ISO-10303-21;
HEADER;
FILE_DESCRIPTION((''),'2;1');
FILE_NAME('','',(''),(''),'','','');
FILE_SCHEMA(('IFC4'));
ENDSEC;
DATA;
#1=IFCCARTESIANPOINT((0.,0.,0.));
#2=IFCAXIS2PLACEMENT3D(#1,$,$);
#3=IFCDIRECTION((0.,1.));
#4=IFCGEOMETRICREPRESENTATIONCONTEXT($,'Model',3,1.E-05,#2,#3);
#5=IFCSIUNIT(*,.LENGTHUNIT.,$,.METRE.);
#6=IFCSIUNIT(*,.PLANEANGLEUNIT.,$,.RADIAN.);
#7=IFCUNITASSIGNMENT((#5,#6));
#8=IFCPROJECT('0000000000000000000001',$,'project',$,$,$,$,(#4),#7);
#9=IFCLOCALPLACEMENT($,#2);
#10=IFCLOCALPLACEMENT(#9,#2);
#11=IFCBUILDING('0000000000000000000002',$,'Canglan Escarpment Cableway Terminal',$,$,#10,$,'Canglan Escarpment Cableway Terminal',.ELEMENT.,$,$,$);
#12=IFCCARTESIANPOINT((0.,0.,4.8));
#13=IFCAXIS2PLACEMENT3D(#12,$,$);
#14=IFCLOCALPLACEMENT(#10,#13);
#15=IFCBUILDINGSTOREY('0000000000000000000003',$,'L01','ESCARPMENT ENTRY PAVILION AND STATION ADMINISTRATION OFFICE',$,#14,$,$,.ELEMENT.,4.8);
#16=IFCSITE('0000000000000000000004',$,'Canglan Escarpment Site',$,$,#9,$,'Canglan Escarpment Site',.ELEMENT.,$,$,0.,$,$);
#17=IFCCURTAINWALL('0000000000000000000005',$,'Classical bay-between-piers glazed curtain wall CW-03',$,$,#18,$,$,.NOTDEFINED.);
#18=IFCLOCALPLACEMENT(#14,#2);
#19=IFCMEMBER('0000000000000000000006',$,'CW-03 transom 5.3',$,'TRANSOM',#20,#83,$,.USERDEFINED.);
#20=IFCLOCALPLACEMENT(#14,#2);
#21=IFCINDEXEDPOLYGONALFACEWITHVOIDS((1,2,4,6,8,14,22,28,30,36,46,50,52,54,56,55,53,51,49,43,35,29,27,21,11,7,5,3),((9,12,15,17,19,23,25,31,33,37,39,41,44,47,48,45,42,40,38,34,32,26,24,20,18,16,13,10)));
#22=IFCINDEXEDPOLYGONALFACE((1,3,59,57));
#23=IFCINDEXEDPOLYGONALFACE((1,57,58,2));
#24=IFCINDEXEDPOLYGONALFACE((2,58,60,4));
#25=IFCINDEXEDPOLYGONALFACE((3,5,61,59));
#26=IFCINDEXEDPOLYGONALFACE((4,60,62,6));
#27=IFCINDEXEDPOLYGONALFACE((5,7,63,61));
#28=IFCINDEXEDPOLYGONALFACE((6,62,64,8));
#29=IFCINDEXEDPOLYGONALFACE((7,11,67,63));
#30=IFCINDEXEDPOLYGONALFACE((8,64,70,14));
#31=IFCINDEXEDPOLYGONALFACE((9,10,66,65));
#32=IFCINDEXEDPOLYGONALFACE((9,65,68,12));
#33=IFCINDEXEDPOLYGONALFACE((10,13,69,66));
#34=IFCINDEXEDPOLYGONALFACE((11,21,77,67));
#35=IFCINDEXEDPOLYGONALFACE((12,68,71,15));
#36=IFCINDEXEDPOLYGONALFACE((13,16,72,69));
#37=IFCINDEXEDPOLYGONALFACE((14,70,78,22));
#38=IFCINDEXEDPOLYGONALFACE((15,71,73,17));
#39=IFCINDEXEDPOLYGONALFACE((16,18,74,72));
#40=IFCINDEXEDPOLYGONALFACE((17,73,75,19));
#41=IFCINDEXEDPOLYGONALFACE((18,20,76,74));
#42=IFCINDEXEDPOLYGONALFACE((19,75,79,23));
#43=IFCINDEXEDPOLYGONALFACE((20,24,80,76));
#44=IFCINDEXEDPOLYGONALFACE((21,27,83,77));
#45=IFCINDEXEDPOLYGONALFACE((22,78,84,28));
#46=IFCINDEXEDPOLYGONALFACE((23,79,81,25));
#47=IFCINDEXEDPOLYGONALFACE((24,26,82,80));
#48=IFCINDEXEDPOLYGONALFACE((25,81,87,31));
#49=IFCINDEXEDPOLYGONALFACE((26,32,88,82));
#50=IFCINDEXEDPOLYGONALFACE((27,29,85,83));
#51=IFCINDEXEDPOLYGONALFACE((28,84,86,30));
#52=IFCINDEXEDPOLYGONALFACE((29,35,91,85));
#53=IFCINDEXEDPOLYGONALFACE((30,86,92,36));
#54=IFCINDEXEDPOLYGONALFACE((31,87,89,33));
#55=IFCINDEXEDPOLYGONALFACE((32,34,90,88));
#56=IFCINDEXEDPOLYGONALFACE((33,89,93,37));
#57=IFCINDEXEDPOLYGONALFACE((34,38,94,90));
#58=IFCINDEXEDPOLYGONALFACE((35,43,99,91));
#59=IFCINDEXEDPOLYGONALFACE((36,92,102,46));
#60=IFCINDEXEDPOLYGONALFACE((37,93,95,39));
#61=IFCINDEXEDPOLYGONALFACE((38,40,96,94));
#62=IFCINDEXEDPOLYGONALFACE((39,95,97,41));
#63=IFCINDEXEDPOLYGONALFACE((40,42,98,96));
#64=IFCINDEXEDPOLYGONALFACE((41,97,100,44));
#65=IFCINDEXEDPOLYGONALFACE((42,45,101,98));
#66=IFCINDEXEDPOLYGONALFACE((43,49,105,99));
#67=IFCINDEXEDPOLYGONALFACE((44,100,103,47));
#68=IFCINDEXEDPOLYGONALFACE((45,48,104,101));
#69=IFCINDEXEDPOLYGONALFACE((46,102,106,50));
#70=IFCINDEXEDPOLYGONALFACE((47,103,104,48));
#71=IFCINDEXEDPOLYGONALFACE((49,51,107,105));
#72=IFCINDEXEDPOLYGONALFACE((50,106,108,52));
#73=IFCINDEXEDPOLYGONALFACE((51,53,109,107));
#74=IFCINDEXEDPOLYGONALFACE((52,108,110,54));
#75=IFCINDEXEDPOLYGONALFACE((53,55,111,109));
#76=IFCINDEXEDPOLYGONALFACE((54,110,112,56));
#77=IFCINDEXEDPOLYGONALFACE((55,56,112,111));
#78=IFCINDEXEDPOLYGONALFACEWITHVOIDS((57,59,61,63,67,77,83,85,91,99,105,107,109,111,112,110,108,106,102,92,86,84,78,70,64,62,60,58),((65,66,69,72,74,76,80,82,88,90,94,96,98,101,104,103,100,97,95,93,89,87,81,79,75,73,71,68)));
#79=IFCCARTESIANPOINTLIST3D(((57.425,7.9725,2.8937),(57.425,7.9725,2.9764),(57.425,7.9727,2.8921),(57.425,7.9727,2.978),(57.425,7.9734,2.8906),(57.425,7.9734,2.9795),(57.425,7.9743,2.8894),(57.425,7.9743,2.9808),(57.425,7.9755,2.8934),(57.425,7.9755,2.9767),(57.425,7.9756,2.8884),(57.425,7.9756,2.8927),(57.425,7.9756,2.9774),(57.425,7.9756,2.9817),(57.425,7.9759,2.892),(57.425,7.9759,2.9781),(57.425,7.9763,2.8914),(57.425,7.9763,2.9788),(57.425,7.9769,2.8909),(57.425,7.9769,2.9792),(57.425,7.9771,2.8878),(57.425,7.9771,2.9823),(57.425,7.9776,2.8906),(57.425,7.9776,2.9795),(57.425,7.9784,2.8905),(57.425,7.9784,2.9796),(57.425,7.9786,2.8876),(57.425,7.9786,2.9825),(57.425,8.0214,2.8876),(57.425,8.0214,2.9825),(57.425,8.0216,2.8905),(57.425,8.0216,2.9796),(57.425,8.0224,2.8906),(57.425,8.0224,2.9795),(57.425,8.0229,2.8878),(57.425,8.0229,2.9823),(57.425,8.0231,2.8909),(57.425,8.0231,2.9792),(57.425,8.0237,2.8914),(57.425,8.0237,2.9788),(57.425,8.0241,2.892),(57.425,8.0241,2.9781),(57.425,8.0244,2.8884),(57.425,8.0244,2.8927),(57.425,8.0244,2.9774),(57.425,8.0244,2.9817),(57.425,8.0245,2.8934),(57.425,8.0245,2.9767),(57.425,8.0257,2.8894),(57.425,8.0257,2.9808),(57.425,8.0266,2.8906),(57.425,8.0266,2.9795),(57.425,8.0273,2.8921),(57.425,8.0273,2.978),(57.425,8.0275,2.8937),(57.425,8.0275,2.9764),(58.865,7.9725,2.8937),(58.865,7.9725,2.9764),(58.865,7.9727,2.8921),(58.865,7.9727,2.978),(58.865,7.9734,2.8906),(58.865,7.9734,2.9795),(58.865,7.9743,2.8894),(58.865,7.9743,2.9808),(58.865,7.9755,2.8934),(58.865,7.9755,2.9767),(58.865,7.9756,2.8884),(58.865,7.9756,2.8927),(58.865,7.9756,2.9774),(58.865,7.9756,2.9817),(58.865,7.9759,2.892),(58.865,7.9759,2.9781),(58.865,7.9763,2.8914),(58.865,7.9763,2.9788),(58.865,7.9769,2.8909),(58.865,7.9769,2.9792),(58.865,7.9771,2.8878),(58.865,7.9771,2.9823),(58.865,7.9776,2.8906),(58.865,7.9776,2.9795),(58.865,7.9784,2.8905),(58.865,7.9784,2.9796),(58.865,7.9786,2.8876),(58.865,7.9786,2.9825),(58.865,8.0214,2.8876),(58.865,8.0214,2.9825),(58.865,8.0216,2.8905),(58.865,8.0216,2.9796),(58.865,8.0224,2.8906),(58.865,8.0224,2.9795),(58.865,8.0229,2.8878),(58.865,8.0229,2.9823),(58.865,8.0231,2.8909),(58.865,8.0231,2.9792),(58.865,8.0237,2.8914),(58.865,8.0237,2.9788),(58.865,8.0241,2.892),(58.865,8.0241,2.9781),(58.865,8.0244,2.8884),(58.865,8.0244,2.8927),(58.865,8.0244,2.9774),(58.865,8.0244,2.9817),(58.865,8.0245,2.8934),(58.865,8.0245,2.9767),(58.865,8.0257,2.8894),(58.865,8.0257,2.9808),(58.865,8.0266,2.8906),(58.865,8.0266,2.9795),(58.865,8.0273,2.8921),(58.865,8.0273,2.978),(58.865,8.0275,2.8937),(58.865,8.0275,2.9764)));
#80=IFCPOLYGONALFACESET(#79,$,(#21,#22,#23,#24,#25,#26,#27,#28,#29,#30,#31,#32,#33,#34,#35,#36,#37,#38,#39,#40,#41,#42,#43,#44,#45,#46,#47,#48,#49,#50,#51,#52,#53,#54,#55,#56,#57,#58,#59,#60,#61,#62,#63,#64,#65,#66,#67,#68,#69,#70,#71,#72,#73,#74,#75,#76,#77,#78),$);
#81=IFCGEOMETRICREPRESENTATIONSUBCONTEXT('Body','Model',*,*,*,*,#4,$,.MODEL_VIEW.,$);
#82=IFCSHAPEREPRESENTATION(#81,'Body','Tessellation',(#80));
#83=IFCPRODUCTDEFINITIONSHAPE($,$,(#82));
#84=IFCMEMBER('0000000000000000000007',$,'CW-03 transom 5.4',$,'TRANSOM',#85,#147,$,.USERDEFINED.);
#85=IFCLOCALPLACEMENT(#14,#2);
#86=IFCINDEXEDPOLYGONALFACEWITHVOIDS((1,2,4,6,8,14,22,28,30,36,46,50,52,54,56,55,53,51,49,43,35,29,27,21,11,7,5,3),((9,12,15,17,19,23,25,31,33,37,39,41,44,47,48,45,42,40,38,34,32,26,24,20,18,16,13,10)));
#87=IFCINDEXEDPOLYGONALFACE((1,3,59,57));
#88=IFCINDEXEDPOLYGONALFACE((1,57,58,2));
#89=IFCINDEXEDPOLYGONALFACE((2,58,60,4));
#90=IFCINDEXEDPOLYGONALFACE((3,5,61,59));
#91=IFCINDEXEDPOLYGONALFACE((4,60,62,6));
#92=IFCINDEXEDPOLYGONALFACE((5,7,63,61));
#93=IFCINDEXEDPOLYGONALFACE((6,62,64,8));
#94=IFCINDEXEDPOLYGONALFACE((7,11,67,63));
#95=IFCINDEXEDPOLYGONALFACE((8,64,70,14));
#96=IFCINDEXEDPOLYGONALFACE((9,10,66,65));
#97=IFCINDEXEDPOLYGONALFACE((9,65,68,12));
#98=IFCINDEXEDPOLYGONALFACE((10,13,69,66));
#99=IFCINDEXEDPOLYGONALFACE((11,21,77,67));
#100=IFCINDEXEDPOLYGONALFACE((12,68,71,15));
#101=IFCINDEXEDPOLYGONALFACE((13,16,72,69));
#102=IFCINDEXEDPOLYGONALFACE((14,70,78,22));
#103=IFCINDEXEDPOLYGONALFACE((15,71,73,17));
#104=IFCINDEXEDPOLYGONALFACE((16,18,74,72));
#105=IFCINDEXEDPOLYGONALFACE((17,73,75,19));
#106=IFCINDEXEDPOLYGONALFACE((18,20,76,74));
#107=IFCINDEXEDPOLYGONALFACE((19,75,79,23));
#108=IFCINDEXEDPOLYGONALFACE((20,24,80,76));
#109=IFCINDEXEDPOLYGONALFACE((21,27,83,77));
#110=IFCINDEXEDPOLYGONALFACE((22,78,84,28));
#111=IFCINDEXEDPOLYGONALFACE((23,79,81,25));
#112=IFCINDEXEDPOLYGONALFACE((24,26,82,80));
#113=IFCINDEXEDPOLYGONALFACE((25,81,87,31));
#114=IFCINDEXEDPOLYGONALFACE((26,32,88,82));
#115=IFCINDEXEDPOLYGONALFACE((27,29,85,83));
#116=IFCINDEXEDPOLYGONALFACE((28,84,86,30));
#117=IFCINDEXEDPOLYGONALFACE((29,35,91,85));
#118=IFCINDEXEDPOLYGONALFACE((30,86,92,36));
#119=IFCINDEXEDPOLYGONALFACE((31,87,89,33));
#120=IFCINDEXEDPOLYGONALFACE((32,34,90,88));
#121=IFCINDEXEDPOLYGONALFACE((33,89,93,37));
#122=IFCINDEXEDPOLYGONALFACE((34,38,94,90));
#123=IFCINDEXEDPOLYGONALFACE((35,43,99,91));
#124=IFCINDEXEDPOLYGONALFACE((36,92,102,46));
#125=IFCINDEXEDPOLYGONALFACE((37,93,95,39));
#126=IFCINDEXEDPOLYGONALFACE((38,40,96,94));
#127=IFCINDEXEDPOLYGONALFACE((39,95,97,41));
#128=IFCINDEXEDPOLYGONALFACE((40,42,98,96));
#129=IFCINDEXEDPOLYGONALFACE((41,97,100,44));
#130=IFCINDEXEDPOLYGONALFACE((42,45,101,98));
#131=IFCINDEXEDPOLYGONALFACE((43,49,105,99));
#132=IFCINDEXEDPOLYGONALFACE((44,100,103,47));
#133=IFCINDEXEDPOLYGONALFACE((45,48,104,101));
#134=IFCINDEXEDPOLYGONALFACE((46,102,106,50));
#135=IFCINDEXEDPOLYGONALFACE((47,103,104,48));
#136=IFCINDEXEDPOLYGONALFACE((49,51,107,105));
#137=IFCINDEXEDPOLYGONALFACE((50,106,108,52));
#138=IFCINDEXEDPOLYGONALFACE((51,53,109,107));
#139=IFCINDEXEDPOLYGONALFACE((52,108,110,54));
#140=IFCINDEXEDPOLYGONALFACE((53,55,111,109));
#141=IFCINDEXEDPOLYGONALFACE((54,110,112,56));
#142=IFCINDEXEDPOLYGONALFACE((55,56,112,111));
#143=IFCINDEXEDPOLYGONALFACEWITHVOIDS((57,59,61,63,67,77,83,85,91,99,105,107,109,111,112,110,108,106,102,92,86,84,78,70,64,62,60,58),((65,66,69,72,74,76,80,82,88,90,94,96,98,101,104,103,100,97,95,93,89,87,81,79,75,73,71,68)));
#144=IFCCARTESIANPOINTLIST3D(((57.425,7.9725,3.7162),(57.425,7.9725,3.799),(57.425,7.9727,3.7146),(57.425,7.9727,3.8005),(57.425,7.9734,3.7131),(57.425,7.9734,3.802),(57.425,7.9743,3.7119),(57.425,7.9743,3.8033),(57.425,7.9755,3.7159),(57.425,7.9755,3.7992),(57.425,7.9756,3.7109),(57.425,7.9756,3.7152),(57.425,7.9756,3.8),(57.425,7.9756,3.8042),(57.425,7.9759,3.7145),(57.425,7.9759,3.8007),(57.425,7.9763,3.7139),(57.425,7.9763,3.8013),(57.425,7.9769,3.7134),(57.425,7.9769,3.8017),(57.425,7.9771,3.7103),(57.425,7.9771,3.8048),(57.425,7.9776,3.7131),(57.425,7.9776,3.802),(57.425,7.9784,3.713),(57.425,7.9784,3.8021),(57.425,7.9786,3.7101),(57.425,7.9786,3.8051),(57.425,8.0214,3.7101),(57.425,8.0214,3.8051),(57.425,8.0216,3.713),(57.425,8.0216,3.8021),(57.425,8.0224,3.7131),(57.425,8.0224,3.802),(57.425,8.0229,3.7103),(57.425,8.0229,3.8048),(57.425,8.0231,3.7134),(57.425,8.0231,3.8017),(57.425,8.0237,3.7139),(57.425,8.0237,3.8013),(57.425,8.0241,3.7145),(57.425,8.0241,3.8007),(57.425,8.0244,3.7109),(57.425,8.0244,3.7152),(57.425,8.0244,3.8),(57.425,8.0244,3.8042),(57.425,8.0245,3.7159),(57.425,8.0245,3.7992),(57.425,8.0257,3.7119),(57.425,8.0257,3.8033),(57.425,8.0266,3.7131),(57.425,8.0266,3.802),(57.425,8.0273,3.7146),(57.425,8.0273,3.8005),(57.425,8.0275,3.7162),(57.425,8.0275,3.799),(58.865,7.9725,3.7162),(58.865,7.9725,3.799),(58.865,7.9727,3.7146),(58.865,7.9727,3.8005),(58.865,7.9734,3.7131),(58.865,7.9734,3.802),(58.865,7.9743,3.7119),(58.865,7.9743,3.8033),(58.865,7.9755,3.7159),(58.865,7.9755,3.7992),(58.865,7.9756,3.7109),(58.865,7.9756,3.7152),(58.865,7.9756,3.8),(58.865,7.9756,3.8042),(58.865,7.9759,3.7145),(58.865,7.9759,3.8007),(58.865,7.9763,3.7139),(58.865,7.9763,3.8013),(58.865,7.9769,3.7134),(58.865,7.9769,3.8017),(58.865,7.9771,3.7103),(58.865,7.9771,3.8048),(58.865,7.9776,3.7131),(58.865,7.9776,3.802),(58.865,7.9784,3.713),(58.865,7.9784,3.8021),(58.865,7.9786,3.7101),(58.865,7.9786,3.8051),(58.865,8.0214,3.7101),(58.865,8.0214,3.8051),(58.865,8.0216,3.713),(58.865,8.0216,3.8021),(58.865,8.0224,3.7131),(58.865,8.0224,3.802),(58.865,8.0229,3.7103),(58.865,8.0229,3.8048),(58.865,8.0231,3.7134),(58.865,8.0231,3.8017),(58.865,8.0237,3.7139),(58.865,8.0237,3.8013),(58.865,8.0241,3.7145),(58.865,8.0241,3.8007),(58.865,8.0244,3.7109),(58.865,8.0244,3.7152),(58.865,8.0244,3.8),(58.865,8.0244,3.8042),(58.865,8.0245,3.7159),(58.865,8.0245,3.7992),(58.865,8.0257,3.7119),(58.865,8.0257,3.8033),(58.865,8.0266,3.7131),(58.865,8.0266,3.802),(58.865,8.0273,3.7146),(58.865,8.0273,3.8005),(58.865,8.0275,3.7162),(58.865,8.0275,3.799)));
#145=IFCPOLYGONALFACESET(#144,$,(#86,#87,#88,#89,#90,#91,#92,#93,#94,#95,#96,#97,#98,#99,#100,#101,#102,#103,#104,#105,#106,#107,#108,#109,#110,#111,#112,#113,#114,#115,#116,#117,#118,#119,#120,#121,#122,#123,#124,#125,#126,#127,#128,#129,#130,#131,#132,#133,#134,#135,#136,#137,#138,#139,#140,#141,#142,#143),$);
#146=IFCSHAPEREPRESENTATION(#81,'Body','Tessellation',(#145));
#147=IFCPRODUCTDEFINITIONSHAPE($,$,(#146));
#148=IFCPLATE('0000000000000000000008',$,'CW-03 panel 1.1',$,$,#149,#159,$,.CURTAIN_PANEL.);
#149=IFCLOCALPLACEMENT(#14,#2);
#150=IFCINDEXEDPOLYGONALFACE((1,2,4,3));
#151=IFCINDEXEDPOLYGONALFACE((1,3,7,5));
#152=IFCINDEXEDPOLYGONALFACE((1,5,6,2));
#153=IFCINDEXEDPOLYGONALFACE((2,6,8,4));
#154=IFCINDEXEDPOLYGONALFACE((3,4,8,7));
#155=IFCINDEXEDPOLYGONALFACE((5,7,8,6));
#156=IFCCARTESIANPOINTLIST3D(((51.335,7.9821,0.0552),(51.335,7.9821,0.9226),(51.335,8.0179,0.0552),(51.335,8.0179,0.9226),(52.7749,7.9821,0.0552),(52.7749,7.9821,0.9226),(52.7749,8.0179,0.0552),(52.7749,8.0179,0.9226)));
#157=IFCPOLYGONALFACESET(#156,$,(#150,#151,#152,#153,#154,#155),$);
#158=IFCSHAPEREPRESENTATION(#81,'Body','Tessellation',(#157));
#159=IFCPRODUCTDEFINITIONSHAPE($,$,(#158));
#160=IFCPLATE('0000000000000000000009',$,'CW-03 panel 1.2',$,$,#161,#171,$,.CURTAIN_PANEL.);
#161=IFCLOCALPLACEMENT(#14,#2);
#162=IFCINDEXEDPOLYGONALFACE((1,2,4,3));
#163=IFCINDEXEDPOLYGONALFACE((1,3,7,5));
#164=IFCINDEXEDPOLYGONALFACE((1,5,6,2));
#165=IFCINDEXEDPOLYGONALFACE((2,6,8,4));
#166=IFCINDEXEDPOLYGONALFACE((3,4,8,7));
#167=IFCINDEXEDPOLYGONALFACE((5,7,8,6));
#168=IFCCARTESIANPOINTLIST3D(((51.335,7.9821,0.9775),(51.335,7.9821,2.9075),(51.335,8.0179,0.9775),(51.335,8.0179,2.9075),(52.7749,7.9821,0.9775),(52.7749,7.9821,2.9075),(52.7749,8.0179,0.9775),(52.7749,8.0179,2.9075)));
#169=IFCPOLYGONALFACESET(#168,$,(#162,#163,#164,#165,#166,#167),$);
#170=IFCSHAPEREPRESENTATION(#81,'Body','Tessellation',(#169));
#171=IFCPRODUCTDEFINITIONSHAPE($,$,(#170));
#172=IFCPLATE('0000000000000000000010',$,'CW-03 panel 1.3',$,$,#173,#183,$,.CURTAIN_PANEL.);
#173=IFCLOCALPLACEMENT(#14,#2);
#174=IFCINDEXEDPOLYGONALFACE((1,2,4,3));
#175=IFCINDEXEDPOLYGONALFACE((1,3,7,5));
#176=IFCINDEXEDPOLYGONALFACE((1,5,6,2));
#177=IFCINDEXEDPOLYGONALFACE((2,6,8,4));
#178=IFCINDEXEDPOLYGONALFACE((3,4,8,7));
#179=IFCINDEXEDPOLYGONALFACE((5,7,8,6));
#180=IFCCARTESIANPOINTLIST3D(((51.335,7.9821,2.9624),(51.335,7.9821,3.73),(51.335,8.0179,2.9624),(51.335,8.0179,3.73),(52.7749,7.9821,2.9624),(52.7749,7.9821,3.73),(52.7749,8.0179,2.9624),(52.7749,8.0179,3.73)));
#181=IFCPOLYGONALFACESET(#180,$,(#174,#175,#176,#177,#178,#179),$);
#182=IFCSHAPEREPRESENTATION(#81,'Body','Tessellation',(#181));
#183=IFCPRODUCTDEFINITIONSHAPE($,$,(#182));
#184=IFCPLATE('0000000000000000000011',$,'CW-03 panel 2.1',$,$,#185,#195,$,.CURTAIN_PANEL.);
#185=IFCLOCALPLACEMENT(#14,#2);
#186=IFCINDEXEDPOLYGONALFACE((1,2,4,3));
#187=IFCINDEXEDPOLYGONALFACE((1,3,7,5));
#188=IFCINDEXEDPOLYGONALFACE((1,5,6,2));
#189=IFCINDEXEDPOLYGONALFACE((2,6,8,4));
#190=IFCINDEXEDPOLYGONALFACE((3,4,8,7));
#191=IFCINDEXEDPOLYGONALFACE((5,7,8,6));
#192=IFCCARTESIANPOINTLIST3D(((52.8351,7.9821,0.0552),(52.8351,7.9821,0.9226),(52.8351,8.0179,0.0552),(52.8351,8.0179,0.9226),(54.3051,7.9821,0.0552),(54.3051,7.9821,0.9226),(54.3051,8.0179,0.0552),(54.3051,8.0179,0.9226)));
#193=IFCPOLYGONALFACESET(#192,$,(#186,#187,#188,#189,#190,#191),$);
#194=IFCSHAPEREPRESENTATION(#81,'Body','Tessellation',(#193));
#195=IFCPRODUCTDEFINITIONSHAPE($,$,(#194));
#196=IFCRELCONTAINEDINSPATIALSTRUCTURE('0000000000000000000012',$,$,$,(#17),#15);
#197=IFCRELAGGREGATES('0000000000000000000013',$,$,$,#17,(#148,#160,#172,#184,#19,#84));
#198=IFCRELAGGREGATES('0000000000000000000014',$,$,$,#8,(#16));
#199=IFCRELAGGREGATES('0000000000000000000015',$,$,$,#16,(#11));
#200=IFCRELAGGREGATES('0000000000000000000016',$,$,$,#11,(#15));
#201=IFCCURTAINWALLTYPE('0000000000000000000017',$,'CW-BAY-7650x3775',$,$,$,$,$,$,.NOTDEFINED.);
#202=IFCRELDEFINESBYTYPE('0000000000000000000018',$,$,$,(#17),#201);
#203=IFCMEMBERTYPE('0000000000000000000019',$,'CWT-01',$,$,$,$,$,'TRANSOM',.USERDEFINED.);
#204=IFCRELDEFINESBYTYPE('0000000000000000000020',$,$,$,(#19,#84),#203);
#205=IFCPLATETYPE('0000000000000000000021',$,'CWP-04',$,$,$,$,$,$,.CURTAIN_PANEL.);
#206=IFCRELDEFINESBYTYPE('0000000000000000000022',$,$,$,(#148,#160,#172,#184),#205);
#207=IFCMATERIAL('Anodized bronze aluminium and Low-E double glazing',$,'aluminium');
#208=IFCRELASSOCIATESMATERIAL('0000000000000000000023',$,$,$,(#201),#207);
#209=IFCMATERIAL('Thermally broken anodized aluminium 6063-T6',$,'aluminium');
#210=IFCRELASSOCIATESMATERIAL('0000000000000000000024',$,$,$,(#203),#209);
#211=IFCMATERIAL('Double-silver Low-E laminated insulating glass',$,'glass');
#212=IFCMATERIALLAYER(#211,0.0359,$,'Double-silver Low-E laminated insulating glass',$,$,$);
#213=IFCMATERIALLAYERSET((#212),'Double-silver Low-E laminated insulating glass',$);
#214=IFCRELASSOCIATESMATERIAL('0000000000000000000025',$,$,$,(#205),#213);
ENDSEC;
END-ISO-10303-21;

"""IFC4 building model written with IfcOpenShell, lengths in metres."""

from ifc_helpers import new_model, si_unit, direction, frame, origin, origin_2d, place, context, subcontext, project, spatial, rectangle, hollow_rectangle, extrude, material, layer, layer_set, material_profile, profile_set, type_object, element, aggregate, save


model = new_model("IFC4")

# Units and contexts
model_context = context("Model", 3, precision=1e-05, world=origin(), true_north=direction((0.0, 1.0)))
body_context = subcontext(model_context, "Body", "Model", "MODEL_VIEW")
ifc_project = project(units=[si_unit("LENGTHUNIT", "METRE"), si_unit("PLANEANGLEUNIT", "RADIAN")], contexts=[model_context])

# Site, building, storey
site_placement = place(None, origin())
site = spatial("IfcSite", under=ifc_project, at=site_placement, Name="Canglan Escarpment Site", LongName="Canglan Escarpment Site", CompositionType="ELEMENT", RefElevation=0.0)
building_placement = place(site_placement, origin())
building = spatial("IfcBuilding", under=site, at=building_placement, Name="Canglan Escarpment Cableway Terminal", LongName="Canglan Escarpment Cableway Terminal", CompositionType="ELEMENT")
storey_placement = place(building_placement, frame((0.0, 0.0, 4.8)))
storey = spatial("IfcBuildingStorey", under=building, at=storey_placement, Name="L01", Description="ESCARPMENT ENTRY PAVILION AND STATION ADMINISTRATION OFFICE", CompositionType="ELEMENT", Elevation=4.8)

# Curtain wall, members, plates
ifc_material_1 = material(Name="Anodized bronze aluminium and Low-E double glazing", Category="aluminium")
curtain_wall_type = type_object("IfcCurtainWallType", Name="CW-BAY-7650x3775", PredefinedType="NOTDEFINED", material=ifc_material_1)
curtain_wall_placement = place(storey_placement, origin())
curtain_wall = element("IfcCurtainWall", 1, at=curtain_wall_placement, inside=storey, type_object=curtain_wall_type, Name="Classical bay-between-piers glazed curtain wall CW-03", PredefinedType="NOTDEFINED")
ifc_material_2 = material(Name="Thermally broken anodized aluminium 6063-T6", Category="aluminium")
ifc_material_profile_1 = material_profile(ifc_material_2, hollow_rectangle(XDim=0.0549, YDim=0.095, WallThickness=0.0029, InnerFilletRadius=0.0029, OuterFilletRadius=0.0061, at=origin_2d()), Name="ALU-TRAN 55x95x3")
ifc_profile_set_1 = profile_set([ifc_material_profile_1], Name="Thermally broken anodized aluminium 6063-T6")
member_type_1 = type_object("IfcMemberType", Name="CWT-01", ElementType="TRANSOM", PredefinedType="USERDEFINED", material=ifc_profile_set_1)
member_1_placement = place(storey_placement, frame((57.425, 8.0, 2.9351), z_axis=(1.0, 0.0, 0.0), x_axis=(0.0, 1.0, 0.0)))
member_1 = element("IfcMember", 2, at=member_1_placement, type_object=member_type_1, Name="CW-03 transom 5.3", ObjectType="TRANSOM", PredefinedType="USERDEFINED", context=body_context, shape_type="SweptSolid", body=[
    extrude(hollow_rectangle(XDim=0.0549, YDim=0.095, WallThickness=0.0029, InnerFilletRadius=0.0029, OuterFilletRadius=0.0061, at=origin_2d()), origin(), (0.0, 0.0, 1.0), 1.4399),
])
member_2_placement = place(storey_placement, frame((57.425, 8.0, 3.7576), z_axis=(1.0, 0.0, 0.0), x_axis=(0.0, 1.0, 0.0)))
member_2 = element("IfcMember", 3, at=member_2_placement, type_object=member_type_1, Name="CW-03 transom 5.4", ObjectType="TRANSOM", PredefinedType="USERDEFINED", context=body_context, shape_type="SweptSolid", body=[
    extrude(hollow_rectangle(XDim=0.0549, YDim=0.095, WallThickness=0.0029, InnerFilletRadius=0.0029, OuterFilletRadius=0.0061, at=origin_2d()), origin(), (0.0, 0.0, 1.0), 1.4399),
])
ifc_material_3 = material(Name="Double-silver Low-E laminated insulating glass", Category="glass")
ifc_layer_1 = layer(ifc_material_3, 0.0359, Name="Double-silver Low-E laminated insulating glass")
ifc_layer_set_1 = layer_set([ifc_layer_1], Name="Double-silver Low-E laminated insulating glass")
plate_type = type_object("IfcPlateType", Name="CWP-04", PredefinedType="CURTAIN_PANEL", material=ifc_layer_set_1)
plate_1_placement = place(storey_placement, frame((52.0549, 8.0, 0.0552), z_axis=(0.0, 0.0, 1.0), x_axis=(1.0, 0.0, 0.0)))
plate_1 = element("IfcPlate", 4, at=plate_1_placement, type_object=plate_type, Name="CW-03 panel 1.1", PredefinedType="CURTAIN_PANEL", context=body_context, shape_type="SweptSolid", body=[
    extrude(rectangle(XDim=1.4399, YDim=0.0359, at=origin_2d()), origin(), (0.0, 0.0, 1.0), 0.8674),
])
plate_2_placement = place(storey_placement, frame((52.0549, 8.0, 0.9775), z_axis=(0.0, 0.0, 1.0), x_axis=(1.0, 0.0, 0.0)))
plate_2 = element("IfcPlate", 5, at=plate_2_placement, type_object=plate_type, Name="CW-03 panel 1.2", PredefinedType="CURTAIN_PANEL", context=body_context, shape_type="SweptSolid", body=[
    extrude(rectangle(XDim=1.4399, YDim=0.0359, at=origin_2d()), origin(), (0.0, 0.0, 1.0), 1.9299),
])
plate_3_placement = place(storey_placement, frame((52.0549, 8.0, 2.9624), z_axis=(0.0, 0.0, 1.0), x_axis=(1.0, 0.0, 0.0)))
plate_3 = element("IfcPlate", 6, at=plate_3_placement, type_object=plate_type, Name="CW-03 panel 1.3", PredefinedType="CURTAIN_PANEL", context=body_context, shape_type="SweptSolid", body=[
    extrude(rectangle(XDim=1.4399, YDim=0.0359, at=origin_2d()), origin(), (0.0, 0.0, 1.0), 0.7676),
])
plate_4_placement = place(storey_placement, frame((53.5701, 8.0, 0.0552), z_axis=(0.0, 0.0, 1.0), x_axis=(1.0, 0.0, 0.0)))
plate_4 = element("IfcPlate", 7, at=plate_4_placement, type_object=plate_type, Name="CW-03 panel 2.1", PredefinedType="CURTAIN_PANEL", context=body_context, shape_type="SweptSolid", body=[
    extrude(rectangle(XDim=1.47, YDim=0.0359, at=origin_2d()), origin(), (0.0, 0.0, 1.0), 0.8674),
])
aggregate(curtain_wall, [plate_1, plate_2, plate_3, plate_4, member_1, member_2])

save(model, "model.ifc")
